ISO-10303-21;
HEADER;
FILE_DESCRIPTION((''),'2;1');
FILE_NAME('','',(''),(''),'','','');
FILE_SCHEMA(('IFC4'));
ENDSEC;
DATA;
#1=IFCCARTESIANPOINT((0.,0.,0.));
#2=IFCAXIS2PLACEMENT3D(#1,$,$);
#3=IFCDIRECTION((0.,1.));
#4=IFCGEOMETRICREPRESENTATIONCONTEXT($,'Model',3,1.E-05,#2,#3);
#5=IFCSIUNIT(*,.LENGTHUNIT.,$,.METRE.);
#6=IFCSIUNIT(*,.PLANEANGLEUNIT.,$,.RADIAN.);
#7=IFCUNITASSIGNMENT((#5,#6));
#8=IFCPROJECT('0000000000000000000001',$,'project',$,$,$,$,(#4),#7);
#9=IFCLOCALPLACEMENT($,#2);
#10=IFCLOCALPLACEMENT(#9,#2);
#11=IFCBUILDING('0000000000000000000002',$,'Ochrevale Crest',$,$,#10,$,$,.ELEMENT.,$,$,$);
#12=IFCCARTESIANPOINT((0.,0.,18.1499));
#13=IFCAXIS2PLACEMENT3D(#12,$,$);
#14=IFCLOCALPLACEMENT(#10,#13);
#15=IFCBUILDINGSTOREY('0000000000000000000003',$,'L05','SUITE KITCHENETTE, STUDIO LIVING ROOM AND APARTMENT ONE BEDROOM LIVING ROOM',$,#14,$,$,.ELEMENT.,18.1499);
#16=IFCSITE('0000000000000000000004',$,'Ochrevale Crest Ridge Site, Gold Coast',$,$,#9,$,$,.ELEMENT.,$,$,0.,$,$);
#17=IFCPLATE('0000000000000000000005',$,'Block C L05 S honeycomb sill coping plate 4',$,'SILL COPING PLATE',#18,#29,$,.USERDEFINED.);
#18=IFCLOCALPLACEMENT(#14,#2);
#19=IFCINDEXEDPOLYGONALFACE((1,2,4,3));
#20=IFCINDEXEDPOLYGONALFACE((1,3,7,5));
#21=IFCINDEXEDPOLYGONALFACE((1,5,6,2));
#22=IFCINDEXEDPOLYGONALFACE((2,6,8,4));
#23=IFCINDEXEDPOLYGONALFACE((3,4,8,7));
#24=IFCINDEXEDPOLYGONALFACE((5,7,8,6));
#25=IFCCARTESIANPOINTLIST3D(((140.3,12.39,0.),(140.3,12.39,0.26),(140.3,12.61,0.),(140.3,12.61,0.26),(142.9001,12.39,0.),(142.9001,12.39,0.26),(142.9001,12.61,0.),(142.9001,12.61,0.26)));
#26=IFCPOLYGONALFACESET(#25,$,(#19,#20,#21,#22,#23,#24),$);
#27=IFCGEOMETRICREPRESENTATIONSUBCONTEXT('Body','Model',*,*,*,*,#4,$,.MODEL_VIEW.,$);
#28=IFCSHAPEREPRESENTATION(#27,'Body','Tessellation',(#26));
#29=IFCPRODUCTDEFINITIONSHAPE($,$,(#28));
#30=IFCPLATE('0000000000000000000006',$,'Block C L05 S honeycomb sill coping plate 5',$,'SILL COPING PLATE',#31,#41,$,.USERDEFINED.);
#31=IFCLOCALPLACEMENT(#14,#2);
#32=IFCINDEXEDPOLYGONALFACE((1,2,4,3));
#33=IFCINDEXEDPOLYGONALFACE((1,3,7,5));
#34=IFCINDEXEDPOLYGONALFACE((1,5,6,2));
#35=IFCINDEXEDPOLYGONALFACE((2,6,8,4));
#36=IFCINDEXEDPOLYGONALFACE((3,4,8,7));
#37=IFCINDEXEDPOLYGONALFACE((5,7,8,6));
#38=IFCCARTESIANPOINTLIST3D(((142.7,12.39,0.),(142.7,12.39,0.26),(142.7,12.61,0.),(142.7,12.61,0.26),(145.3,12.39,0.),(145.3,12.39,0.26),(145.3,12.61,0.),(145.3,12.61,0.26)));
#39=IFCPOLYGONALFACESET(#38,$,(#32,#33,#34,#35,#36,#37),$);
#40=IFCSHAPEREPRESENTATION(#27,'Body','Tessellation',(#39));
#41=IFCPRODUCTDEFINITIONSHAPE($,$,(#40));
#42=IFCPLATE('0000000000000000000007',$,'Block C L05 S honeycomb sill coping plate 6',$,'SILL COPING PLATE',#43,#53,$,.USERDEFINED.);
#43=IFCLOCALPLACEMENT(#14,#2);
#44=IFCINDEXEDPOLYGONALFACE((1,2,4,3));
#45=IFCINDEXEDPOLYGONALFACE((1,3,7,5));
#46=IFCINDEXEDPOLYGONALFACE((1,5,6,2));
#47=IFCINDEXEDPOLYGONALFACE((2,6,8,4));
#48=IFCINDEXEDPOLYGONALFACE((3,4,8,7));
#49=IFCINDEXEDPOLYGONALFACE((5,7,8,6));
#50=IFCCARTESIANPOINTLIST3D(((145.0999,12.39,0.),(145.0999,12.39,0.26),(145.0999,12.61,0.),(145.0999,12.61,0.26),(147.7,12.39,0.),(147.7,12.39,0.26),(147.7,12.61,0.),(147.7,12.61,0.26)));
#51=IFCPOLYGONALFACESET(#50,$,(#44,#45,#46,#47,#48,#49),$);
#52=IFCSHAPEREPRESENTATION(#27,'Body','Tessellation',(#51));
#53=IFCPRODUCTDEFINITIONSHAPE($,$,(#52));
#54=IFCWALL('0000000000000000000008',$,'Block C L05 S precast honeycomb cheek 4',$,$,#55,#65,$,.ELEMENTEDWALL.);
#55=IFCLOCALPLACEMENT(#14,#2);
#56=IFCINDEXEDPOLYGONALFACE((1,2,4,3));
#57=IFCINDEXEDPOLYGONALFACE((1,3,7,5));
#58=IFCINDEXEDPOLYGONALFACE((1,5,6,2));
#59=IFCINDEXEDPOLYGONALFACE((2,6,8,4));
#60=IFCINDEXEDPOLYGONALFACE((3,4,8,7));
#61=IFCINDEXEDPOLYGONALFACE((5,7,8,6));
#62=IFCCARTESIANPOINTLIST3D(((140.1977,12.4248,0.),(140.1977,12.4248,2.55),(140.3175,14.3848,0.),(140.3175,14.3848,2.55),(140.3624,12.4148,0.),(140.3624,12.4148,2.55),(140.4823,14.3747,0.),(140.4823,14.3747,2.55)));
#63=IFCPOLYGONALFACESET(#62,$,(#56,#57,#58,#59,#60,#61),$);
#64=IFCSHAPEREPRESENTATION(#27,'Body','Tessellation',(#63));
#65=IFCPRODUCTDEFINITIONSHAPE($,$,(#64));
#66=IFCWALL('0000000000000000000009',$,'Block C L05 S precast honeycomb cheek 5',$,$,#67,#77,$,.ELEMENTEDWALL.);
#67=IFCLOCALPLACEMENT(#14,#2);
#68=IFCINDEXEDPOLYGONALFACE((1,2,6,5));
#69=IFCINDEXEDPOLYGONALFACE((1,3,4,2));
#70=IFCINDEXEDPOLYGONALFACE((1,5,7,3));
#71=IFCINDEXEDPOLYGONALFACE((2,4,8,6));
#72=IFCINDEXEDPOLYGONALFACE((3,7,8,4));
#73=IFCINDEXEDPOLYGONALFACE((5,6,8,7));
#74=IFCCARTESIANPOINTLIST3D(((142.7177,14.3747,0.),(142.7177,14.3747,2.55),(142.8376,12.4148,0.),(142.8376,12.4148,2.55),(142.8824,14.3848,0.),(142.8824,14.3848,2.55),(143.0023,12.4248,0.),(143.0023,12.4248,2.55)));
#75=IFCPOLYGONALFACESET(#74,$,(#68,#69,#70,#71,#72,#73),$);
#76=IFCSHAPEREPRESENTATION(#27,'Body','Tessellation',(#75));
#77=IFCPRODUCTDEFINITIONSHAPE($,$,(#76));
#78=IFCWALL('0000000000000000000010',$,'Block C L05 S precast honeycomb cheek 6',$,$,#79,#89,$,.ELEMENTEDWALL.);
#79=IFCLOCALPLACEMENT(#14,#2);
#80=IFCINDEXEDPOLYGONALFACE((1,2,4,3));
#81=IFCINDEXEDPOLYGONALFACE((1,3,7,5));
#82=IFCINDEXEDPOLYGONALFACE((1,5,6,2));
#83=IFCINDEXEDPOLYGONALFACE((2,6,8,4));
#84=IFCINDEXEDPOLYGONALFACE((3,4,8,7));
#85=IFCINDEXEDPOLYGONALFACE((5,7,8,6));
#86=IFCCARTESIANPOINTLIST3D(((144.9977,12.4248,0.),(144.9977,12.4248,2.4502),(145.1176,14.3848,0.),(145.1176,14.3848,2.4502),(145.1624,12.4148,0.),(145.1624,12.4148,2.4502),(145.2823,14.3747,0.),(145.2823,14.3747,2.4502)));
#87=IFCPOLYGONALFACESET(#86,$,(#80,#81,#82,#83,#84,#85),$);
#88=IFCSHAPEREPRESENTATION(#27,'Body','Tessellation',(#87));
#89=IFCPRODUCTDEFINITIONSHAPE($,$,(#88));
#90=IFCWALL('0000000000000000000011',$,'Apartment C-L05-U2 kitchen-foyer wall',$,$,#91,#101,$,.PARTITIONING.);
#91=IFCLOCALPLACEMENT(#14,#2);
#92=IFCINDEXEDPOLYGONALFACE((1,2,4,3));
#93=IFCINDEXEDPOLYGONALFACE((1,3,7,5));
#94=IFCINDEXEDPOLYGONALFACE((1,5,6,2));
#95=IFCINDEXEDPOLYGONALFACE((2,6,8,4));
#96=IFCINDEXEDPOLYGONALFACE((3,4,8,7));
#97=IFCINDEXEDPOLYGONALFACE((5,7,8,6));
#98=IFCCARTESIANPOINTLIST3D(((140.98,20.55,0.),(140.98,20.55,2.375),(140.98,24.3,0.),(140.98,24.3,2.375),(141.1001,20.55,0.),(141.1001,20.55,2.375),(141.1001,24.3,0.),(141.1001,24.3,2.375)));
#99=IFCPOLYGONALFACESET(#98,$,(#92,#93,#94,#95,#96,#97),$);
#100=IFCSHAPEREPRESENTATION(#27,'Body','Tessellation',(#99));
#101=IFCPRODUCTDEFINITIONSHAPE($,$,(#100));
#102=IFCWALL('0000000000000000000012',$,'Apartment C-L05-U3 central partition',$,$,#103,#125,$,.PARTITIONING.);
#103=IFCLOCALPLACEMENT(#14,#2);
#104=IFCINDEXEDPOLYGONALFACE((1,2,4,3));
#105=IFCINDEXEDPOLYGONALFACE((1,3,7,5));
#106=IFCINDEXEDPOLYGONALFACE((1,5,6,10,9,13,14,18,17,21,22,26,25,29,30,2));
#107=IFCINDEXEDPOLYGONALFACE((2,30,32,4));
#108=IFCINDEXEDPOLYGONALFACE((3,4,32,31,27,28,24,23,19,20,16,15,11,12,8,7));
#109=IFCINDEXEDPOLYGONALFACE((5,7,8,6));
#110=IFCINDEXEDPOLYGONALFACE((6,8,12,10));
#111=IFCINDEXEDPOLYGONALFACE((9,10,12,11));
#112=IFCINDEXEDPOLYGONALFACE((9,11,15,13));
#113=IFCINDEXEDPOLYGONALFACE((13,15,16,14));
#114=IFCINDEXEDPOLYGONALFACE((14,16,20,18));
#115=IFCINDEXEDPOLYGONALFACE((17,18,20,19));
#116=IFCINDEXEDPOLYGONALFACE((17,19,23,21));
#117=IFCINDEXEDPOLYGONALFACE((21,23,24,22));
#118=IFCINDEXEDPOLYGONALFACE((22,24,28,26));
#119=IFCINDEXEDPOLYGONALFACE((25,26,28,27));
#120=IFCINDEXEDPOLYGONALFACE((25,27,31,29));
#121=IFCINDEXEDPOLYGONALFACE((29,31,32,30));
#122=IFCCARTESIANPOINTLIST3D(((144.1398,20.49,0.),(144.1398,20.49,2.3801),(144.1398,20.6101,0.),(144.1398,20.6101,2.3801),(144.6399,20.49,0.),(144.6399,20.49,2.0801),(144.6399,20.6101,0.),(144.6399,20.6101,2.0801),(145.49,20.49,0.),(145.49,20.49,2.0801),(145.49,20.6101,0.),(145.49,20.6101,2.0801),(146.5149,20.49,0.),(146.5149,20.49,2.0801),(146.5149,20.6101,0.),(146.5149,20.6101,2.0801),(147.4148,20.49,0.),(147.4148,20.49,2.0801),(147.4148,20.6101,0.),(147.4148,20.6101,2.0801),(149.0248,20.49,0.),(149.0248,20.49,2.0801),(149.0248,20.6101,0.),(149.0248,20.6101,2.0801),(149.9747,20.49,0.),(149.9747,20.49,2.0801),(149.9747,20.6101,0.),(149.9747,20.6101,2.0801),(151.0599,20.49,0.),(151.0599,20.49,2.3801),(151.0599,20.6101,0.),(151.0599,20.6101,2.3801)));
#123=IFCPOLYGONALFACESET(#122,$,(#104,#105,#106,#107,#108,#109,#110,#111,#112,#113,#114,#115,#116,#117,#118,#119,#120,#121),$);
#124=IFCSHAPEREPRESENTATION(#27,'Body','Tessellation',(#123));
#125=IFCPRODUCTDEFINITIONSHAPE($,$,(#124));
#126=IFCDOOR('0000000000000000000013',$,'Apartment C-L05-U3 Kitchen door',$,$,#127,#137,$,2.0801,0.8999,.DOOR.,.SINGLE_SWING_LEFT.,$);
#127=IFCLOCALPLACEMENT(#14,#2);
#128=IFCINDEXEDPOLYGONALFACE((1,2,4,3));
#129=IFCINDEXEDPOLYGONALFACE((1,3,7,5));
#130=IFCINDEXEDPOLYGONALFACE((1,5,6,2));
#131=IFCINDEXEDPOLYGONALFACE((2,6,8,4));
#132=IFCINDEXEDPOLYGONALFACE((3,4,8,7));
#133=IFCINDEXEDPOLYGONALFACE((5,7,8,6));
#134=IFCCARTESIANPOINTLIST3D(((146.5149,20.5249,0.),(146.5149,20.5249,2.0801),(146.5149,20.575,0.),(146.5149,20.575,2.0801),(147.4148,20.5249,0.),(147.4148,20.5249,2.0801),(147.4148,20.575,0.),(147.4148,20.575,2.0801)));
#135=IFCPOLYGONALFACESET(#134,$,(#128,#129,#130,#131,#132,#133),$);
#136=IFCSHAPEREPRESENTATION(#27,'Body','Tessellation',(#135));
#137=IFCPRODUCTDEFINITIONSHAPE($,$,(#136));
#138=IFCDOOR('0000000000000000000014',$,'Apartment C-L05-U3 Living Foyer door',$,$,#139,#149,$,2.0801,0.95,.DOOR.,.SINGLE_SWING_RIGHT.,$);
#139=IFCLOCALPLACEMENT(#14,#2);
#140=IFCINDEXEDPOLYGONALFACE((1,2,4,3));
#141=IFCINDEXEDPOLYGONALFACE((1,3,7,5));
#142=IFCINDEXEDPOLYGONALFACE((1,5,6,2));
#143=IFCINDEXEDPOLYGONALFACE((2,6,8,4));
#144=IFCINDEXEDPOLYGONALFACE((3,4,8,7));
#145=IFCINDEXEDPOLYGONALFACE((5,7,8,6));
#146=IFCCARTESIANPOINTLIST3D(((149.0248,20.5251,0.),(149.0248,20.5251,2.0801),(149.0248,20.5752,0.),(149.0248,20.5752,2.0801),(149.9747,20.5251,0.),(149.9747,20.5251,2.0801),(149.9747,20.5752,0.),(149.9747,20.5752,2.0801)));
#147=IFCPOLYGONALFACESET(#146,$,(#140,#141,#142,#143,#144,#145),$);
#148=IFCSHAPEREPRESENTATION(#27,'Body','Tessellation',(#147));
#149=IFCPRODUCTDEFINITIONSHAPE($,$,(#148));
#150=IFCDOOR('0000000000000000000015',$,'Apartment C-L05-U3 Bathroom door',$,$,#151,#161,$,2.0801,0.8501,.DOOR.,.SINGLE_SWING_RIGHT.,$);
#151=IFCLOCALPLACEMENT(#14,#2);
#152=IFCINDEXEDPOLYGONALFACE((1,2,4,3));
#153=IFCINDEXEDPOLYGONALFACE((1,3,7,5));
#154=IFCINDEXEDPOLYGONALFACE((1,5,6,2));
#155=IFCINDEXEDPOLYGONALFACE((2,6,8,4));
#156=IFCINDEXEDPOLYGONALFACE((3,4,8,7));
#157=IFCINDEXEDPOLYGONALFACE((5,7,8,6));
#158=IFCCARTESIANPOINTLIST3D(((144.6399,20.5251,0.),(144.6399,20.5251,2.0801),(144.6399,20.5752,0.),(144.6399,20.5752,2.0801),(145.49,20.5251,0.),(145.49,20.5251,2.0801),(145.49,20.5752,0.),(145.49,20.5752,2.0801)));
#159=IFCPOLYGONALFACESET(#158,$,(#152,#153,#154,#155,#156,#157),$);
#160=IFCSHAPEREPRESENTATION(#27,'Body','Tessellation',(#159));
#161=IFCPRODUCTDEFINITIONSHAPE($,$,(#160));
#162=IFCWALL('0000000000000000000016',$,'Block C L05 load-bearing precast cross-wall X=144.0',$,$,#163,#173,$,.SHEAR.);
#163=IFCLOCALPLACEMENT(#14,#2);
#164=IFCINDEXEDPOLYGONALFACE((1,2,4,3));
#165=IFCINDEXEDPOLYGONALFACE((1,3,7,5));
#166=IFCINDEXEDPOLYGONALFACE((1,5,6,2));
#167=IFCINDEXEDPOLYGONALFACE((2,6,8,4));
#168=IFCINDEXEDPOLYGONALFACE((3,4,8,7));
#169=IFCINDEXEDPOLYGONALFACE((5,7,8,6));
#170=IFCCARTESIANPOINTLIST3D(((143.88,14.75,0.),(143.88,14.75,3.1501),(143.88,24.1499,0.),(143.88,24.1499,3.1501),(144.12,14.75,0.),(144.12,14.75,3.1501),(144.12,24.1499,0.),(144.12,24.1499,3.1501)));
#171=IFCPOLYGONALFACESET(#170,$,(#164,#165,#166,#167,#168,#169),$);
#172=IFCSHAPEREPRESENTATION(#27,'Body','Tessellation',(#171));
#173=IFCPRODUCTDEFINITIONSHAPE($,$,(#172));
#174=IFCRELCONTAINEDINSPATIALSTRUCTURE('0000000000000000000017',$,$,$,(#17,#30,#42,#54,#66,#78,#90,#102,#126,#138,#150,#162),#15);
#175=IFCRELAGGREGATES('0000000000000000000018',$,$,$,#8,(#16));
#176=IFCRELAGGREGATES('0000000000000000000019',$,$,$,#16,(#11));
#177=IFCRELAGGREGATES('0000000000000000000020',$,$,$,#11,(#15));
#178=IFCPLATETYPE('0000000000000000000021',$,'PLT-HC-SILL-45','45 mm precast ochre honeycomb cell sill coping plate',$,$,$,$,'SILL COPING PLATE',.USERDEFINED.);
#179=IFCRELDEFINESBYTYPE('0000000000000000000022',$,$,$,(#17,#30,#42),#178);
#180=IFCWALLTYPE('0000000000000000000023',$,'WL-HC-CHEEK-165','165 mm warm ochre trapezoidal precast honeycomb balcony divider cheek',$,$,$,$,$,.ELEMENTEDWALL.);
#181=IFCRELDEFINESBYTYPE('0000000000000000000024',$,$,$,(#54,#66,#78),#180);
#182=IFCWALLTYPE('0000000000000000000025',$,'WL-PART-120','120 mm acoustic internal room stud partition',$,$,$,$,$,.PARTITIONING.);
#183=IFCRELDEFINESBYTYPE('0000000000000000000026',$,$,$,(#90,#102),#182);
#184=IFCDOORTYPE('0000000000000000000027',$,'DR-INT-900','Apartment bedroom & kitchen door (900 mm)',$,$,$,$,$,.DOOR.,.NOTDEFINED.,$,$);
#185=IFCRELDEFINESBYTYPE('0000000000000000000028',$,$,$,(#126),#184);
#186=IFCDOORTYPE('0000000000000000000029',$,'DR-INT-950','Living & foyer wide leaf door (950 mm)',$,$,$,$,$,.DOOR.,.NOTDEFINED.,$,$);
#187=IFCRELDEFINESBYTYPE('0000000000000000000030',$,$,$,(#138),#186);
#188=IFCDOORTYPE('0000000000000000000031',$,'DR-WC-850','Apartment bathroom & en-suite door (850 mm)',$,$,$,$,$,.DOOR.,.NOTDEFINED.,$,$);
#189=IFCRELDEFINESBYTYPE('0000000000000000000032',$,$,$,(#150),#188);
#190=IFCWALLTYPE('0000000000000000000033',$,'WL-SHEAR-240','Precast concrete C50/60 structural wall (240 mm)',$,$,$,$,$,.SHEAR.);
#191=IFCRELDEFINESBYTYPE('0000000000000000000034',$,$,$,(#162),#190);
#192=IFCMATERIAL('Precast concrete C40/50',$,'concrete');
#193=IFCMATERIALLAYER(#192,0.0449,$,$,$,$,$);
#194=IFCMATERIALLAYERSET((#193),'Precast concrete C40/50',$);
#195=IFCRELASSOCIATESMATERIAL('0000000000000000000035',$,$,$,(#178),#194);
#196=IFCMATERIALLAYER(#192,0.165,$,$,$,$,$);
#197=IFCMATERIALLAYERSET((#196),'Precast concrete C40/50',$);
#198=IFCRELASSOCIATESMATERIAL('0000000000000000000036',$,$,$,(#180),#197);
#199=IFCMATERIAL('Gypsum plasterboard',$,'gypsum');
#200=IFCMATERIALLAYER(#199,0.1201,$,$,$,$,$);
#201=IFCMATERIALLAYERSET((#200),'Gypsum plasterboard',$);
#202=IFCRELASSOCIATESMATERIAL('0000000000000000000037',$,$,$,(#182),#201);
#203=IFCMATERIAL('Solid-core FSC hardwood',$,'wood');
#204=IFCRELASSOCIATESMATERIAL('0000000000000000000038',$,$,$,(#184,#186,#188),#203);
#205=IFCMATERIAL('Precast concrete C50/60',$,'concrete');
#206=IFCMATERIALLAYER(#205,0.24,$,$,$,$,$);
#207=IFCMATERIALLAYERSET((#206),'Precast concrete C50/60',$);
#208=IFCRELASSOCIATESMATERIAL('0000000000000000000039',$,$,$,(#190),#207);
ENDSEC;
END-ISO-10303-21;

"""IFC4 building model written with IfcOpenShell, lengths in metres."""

from ifc_helpers import new_model, si_unit, direction, frame, frame_2d, origin, origin_2d, place, context, subcontext, project, spatial, rectangle, extrude, material, layer, layer_set, type_object, element, fill, save


model = new_model("IFC4")

# Units and contexts
model_context = context("Model", 3, precision=1e-05, world=origin(), true_north=direction((0.0, 1.0)))
body_context = subcontext(model_context, "Body", "Model", "MODEL_VIEW")
ifc_project = project(units=[si_unit("LENGTHUNIT", "METRE"), si_unit("PLANEANGLEUNIT", "RADIAN")], contexts=[model_context])

# Site, building, storey
site_placement = place(None, origin())
site = spatial("IfcSite", under=ifc_project, at=site_placement, Name="Ochrevale Crest Ridge Site, Gold Coast", CompositionType="ELEMENT", RefElevation=0.0)
building_placement = place(site_placement, origin())
building = spatial("IfcBuilding", under=site, at=building_placement, Name="Ochrevale Crest", CompositionType="ELEMENT")
storey_placement = place(building_placement, frame((0.0, 0.0, 18.1499)))
storey = spatial("IfcBuildingStorey", under=building, at=storey_placement, Name="L05", Description="SUITE KITCHENETTE, STUDIO LIVING ROOM AND APARTMENT ONE BEDROOM LIVING ROOM", CompositionType="ELEMENT", Elevation=18.1499)

# Shared definitions
ifc_material_1 = material(Name="Precast concrete C50/60", Category="concrete")

# Shared definitions
ifc_material_2 = material(Name="Precast concrete C40/50", Category="concrete")

# Plates
ifc_layer_1 = layer(ifc_material_2, 0.0449)
ifc_layer_set_1 = layer_set([ifc_layer_1], Name="Precast concrete C40/50")
plate_type_1 = type_object("IfcPlateType", Name="PLT-HC-SILL-45", Description="45 mm precast ochre honeycomb cell sill coping plate", ElementType="SILL COPING PLATE", PredefinedType="USERDEFINED", material=ifc_layer_set_1)
for number, where, z_axis, x_axis, name in (
    (1, (141.6001, 12.5, 0.0), (0.0, 0.0, 1.0), (1.0, 0.0, 0.0), "Block C L05 S honeycomb sill coping plate 4"),
    (2, (144.0, 12.5, 0.0), (0.0, 0.0, 1.0), (1.0, 0.0, 0.0), "Block C L05 S honeycomb sill coping plate 5"),
    (3, (146.3999, 12.5, 0.0), (0.0, 0.0, 1.0), (1.0, 0.0, 0.0), "Block C L05 S honeycomb sill coping plate 6"),
):
    element("IfcPlate", number, at=place(storey_placement, frame(where, z_axis=z_axis, x_axis=x_axis)), inside=storey, type_object=plate_type_1, Name=name, ObjectType="SILL COPING PLATE", PredefinedType="USERDEFINED", context=body_context, shape_type="SweptSolid", body=[
        extrude(rectangle(XDim=2.6001, YDim=0.22, at=origin_2d()), origin(), (0.0, 0.0, 1.0), 0.26),
    ])

# Walls
ifc_layer_2 = layer(ifc_material_2, 0.165)
ifc_layer_set_2 = layer_set([ifc_layer_2], Name="Precast concrete C40/50")
wall_type_1 = type_object("IfcWallType", Name="WL-HC-CHEEK-165", Description="165 mm warm ochre trapezoidal precast honeycomb balcony divider cheek", PredefinedType="ELEMENTEDWALL", material=ifc_layer_set_2)
for number, where, z_axis, x_axis, name in (
    (4, (140.3999, 14.3799, 0.0), (0.0, 0.0, 1.0), (-0.061047, -0.998135, 0.0), "Block C L05 S precast honeycomb cheek 4"),
    (5, (142.8, 14.3799, 0.0), (0.0, 0.0, 1.0), (0.061047, -0.998135, 0.0), "Block C L05 S precast honeycomb cheek 5"),
):
    element("IfcWall", number, at=place(storey_placement, frame(where, z_axis=z_axis, x_axis=x_axis)), inside=storey, type_object=wall_type_1, Name=name, PredefinedType="ELEMENTEDWALL", context=body_context, shape_type="SweptSolid", body=[
        extrude(rectangle(XDim=1.9636, YDim=0.165, at=frame_2d((0.9819, 0.0))), origin(), (0.0, 0.0, 1.0), 2.55),
    ])
wall_1_placement = place(storey_placement, frame((145.2, 14.3799, 0.0), z_axis=(0.0, 0.0, 1.0), x_axis=(-0.061047, -0.998135, 0.0)))
element("IfcWall", 6, at=wall_1_placement, inside=storey, type_object=wall_type_1, Name="Block C L05 S precast honeycomb cheek 6", PredefinedType="ELEMENTEDWALL", context=body_context, shape_type="SweptSolid", body=[
    extrude(rectangle(XDim=1.9636, YDim=0.165, at=frame_2d((0.9819, 0.0))), origin(), (0.0, 0.0, 1.0), 2.4502),
])
ifc_material_3 = material(Name="Gypsum plasterboard", Category="gypsum")
ifc_layer_3 = layer(ifc_material_3, 0.1201)
ifc_layer_set_3 = layer_set([ifc_layer_3], Name="Gypsum plasterboard")
wall_type_2 = type_object("IfcWallType", Name="WL-PART-120", Description="120 mm acoustic internal room stud partition", PredefinedType="PARTITIONING", material=ifc_layer_set_3)
wall_2_placement = place(storey_placement, frame((141.04, 20.55, 0.0), z_axis=(0.0, 0.0, 1.0), x_axis=(0.0, 1.0, 0.0)))
element("IfcWall", 7, at=wall_2_placement, inside=storey, type_object=wall_type_2, Name="Apartment C-L05-U2 kitchen-foyer wall", PredefinedType="PARTITIONING", context=body_context, shape_type="SweptSolid", body=[
    extrude(rectangle(XDim=3.75, YDim=0.1201, at=frame_2d((1.875, 0.0))), origin(), (0.0, 0.0, 1.0), 2.375),
])

# Wall, openings, doors
wall_3_placement = place(storey_placement, frame((144.1399, 20.55, 0.0), z_axis=(0.0, 0.0, 1.0), x_axis=(1.0, 0.0, 0.0)))
wall_3 = element("IfcWall", 8, at=wall_3_placement, inside=storey, type_object=wall_type_2, Name="Apartment C-L05-U3 central partition", PredefinedType="PARTITIONING", context=body_context, shape_type="SweptSolid", body=[
    extrude(rectangle(XDim=6.9202, YDim=0.1201, at=frame_2d((3.46, 0.0))), origin(), (0.0, 0.0, 1.0), 2.3801),
])
opening_1_placement = place(wall_3_placement, frame((1.3501, 0.0, 0.0), z_axis=(0.0, 0.0, 1.0), x_axis=(-1.0, 0.0, 0.0)))
opening_1 = element("IfcOpeningElement", 9, at=opening_1_placement, cuts=wall_3, PredefinedType="OPENING", context=body_context, shape_type="SweptSolid", body=[
    extrude(rectangle(XDim=0.8501, YDim=2.0801, at=frame_2d((0.425, 1.04))), frame((0.0, 0.0701, 0.0), z_axis=(0.0, -1.0, 0.0), x_axis=(1.0, 0.0, 0.0)), (0.0, 0.0, 1.0), 0.1401),
])
opening_2_placement = place(wall_3_placement, frame((2.375, 0.0, 0.0)))
opening_2 = element("IfcOpeningElement", 10, at=opening_2_placement, cuts=wall_3, PredefinedType="OPENING", context=body_context, shape_type="SweptSolid", body=[
    extrude(rectangle(XDim=0.8999, YDim=2.0801, at=frame_2d((0.45, 1.04))), frame((0.0, 0.0701, 0.0), z_axis=(0.0, -1.0, 0.0), x_axis=(1.0, 0.0, 0.0)), (0.0, 0.0, 1.0), 0.1401),
])
opening_3_placement = place(wall_3_placement, frame((5.835, 0.0, 0.0), z_axis=(0.0, 0.0, 1.0), x_axis=(-1.0, 0.0, 0.0)))
opening_3 = element("IfcOpeningElement", 11, at=opening_3_placement, cuts=wall_3, PredefinedType="OPENING", context=body_context, shape_type="SweptSolid", body=[
    extrude(rectangle(XDim=0.95, YDim=2.0801, at=frame_2d((0.4751, 1.04))), frame((0.0, 0.0701, 0.0), z_axis=(0.0, -1.0, 0.0), x_axis=(1.0, 0.0, 0.0)), (0.0, 0.0, 1.0), 0.1401),
])
ifc_material_4 = material(Name="Solid-core FSC hardwood", Category="wood")
door_type_1 = type_object("IfcDoorType", Name="DR-INT-900", Description="Apartment bedroom & kitchen door (900 mm)", OperationType="NOTDEFINED", PredefinedType="DOOR", material=ifc_material_4)
door_1_placement = place(opening_2_placement, origin())
door_1 = element("IfcDoor", 12, at=door_1_placement, inside=storey, type_object=door_type_1, Name="Apartment C-L05-U3 Kitchen door", OperationType="SINGLE_SWING_LEFT", OverallHeight=2.0801, OverallWidth=0.8999, PredefinedType="DOOR", context=body_context, shape_type="SweptSolid", body=[
    extrude(rectangle(XDim=0.8999, YDim=2.0801, at=frame_2d((0.45, 1.04))), frame((0.0, 0.0249, 0.0), z_axis=(0.0, -1.0, 0.0), x_axis=(1.0, 0.0, 0.0)), (0.0, 0.0, 1.0), 0.05),
])
fill(opening_2, door_1)
door_type_2 = type_object("IfcDoorType", Name="DR-INT-950", Description="Living & foyer wide leaf door (950 mm)", OperationType="NOTDEFINED", PredefinedType="DOOR", material=ifc_material_4)
door_2_placement = place(opening_3_placement, origin())
door_2 = element("IfcDoor", 13, at=door_2_placement, inside=storey, type_object=door_type_2, Name="Apartment C-L05-U3 Living Foyer door", OperationType="SINGLE_SWING_RIGHT", OverallHeight=2.0801, OverallWidth=0.95, PredefinedType="DOOR", context=body_context, shape_type="SweptSolid", body=[
    extrude(rectangle(XDim=0.95, YDim=2.0801, at=frame_2d((0.4751, 1.04))), frame((0.0, 0.0249, 0.0), z_axis=(0.0, -1.0, 0.0), x_axis=(1.0, 0.0, 0.0)), (0.0, 0.0, 1.0), 0.05),
])
fill(opening_3, door_2)
door_type_3 = type_object("IfcDoorType", Name="DR-WC-850", Description="Apartment bathroom & en-suite door (850 mm)", OperationType="NOTDEFINED", PredefinedType="DOOR", material=ifc_material_4)
door_3_placement = place(opening_1_placement, origin())
door_3 = element("IfcDoor", 14, at=door_3_placement, inside=storey, type_object=door_type_3, Name="Apartment C-L05-U3 Bathroom door", OperationType="SINGLE_SWING_RIGHT", OverallHeight=2.0801, OverallWidth=0.8501, PredefinedType="DOOR", context=body_context, shape_type="SweptSolid", body=[
    extrude(rectangle(XDim=0.8501, YDim=2.0801, at=frame_2d((0.425, 1.04))), frame((0.0, 0.0249, 0.0), z_axis=(0.0, -1.0, 0.0), x_axis=(1.0, 0.0, 0.0)), (0.0, 0.0, 1.0), 0.05),
])
fill(opening_1, door_3)

# Wall
ifc_layer_4 = layer(ifc_material_1, 0.24)
ifc_layer_set_4 = layer_set([ifc_layer_4], Name="Precast concrete C50/60")
wall_type_3 = type_object("IfcWallType", Name="WL-SHEAR-240", Description="Precast concrete C50/60 structural wall (240 mm)", PredefinedType="SHEAR", material=ifc_layer_set_4)
wall_4_placement = place(storey_placement, frame((144.0, 14.75, 0.0), z_axis=(0.0, 0.0, 1.0), x_axis=(0.0, 1.0, 0.0)))
element("IfcWall", 15, at=wall_4_placement, inside=storey, type_object=wall_type_3, Name="Block C L05 load-bearing precast cross-wall X=144.0", PredefinedType="SHEAR", context=body_context, shape_type="SweptSolid", body=[
    extrude(rectangle(XDim=9.3999, YDim=0.24, at=frame_2d((4.7, 0.0))), origin(), (0.0, 0.0, 1.0), 3.1501),
])

save(model, "model.ifc")
